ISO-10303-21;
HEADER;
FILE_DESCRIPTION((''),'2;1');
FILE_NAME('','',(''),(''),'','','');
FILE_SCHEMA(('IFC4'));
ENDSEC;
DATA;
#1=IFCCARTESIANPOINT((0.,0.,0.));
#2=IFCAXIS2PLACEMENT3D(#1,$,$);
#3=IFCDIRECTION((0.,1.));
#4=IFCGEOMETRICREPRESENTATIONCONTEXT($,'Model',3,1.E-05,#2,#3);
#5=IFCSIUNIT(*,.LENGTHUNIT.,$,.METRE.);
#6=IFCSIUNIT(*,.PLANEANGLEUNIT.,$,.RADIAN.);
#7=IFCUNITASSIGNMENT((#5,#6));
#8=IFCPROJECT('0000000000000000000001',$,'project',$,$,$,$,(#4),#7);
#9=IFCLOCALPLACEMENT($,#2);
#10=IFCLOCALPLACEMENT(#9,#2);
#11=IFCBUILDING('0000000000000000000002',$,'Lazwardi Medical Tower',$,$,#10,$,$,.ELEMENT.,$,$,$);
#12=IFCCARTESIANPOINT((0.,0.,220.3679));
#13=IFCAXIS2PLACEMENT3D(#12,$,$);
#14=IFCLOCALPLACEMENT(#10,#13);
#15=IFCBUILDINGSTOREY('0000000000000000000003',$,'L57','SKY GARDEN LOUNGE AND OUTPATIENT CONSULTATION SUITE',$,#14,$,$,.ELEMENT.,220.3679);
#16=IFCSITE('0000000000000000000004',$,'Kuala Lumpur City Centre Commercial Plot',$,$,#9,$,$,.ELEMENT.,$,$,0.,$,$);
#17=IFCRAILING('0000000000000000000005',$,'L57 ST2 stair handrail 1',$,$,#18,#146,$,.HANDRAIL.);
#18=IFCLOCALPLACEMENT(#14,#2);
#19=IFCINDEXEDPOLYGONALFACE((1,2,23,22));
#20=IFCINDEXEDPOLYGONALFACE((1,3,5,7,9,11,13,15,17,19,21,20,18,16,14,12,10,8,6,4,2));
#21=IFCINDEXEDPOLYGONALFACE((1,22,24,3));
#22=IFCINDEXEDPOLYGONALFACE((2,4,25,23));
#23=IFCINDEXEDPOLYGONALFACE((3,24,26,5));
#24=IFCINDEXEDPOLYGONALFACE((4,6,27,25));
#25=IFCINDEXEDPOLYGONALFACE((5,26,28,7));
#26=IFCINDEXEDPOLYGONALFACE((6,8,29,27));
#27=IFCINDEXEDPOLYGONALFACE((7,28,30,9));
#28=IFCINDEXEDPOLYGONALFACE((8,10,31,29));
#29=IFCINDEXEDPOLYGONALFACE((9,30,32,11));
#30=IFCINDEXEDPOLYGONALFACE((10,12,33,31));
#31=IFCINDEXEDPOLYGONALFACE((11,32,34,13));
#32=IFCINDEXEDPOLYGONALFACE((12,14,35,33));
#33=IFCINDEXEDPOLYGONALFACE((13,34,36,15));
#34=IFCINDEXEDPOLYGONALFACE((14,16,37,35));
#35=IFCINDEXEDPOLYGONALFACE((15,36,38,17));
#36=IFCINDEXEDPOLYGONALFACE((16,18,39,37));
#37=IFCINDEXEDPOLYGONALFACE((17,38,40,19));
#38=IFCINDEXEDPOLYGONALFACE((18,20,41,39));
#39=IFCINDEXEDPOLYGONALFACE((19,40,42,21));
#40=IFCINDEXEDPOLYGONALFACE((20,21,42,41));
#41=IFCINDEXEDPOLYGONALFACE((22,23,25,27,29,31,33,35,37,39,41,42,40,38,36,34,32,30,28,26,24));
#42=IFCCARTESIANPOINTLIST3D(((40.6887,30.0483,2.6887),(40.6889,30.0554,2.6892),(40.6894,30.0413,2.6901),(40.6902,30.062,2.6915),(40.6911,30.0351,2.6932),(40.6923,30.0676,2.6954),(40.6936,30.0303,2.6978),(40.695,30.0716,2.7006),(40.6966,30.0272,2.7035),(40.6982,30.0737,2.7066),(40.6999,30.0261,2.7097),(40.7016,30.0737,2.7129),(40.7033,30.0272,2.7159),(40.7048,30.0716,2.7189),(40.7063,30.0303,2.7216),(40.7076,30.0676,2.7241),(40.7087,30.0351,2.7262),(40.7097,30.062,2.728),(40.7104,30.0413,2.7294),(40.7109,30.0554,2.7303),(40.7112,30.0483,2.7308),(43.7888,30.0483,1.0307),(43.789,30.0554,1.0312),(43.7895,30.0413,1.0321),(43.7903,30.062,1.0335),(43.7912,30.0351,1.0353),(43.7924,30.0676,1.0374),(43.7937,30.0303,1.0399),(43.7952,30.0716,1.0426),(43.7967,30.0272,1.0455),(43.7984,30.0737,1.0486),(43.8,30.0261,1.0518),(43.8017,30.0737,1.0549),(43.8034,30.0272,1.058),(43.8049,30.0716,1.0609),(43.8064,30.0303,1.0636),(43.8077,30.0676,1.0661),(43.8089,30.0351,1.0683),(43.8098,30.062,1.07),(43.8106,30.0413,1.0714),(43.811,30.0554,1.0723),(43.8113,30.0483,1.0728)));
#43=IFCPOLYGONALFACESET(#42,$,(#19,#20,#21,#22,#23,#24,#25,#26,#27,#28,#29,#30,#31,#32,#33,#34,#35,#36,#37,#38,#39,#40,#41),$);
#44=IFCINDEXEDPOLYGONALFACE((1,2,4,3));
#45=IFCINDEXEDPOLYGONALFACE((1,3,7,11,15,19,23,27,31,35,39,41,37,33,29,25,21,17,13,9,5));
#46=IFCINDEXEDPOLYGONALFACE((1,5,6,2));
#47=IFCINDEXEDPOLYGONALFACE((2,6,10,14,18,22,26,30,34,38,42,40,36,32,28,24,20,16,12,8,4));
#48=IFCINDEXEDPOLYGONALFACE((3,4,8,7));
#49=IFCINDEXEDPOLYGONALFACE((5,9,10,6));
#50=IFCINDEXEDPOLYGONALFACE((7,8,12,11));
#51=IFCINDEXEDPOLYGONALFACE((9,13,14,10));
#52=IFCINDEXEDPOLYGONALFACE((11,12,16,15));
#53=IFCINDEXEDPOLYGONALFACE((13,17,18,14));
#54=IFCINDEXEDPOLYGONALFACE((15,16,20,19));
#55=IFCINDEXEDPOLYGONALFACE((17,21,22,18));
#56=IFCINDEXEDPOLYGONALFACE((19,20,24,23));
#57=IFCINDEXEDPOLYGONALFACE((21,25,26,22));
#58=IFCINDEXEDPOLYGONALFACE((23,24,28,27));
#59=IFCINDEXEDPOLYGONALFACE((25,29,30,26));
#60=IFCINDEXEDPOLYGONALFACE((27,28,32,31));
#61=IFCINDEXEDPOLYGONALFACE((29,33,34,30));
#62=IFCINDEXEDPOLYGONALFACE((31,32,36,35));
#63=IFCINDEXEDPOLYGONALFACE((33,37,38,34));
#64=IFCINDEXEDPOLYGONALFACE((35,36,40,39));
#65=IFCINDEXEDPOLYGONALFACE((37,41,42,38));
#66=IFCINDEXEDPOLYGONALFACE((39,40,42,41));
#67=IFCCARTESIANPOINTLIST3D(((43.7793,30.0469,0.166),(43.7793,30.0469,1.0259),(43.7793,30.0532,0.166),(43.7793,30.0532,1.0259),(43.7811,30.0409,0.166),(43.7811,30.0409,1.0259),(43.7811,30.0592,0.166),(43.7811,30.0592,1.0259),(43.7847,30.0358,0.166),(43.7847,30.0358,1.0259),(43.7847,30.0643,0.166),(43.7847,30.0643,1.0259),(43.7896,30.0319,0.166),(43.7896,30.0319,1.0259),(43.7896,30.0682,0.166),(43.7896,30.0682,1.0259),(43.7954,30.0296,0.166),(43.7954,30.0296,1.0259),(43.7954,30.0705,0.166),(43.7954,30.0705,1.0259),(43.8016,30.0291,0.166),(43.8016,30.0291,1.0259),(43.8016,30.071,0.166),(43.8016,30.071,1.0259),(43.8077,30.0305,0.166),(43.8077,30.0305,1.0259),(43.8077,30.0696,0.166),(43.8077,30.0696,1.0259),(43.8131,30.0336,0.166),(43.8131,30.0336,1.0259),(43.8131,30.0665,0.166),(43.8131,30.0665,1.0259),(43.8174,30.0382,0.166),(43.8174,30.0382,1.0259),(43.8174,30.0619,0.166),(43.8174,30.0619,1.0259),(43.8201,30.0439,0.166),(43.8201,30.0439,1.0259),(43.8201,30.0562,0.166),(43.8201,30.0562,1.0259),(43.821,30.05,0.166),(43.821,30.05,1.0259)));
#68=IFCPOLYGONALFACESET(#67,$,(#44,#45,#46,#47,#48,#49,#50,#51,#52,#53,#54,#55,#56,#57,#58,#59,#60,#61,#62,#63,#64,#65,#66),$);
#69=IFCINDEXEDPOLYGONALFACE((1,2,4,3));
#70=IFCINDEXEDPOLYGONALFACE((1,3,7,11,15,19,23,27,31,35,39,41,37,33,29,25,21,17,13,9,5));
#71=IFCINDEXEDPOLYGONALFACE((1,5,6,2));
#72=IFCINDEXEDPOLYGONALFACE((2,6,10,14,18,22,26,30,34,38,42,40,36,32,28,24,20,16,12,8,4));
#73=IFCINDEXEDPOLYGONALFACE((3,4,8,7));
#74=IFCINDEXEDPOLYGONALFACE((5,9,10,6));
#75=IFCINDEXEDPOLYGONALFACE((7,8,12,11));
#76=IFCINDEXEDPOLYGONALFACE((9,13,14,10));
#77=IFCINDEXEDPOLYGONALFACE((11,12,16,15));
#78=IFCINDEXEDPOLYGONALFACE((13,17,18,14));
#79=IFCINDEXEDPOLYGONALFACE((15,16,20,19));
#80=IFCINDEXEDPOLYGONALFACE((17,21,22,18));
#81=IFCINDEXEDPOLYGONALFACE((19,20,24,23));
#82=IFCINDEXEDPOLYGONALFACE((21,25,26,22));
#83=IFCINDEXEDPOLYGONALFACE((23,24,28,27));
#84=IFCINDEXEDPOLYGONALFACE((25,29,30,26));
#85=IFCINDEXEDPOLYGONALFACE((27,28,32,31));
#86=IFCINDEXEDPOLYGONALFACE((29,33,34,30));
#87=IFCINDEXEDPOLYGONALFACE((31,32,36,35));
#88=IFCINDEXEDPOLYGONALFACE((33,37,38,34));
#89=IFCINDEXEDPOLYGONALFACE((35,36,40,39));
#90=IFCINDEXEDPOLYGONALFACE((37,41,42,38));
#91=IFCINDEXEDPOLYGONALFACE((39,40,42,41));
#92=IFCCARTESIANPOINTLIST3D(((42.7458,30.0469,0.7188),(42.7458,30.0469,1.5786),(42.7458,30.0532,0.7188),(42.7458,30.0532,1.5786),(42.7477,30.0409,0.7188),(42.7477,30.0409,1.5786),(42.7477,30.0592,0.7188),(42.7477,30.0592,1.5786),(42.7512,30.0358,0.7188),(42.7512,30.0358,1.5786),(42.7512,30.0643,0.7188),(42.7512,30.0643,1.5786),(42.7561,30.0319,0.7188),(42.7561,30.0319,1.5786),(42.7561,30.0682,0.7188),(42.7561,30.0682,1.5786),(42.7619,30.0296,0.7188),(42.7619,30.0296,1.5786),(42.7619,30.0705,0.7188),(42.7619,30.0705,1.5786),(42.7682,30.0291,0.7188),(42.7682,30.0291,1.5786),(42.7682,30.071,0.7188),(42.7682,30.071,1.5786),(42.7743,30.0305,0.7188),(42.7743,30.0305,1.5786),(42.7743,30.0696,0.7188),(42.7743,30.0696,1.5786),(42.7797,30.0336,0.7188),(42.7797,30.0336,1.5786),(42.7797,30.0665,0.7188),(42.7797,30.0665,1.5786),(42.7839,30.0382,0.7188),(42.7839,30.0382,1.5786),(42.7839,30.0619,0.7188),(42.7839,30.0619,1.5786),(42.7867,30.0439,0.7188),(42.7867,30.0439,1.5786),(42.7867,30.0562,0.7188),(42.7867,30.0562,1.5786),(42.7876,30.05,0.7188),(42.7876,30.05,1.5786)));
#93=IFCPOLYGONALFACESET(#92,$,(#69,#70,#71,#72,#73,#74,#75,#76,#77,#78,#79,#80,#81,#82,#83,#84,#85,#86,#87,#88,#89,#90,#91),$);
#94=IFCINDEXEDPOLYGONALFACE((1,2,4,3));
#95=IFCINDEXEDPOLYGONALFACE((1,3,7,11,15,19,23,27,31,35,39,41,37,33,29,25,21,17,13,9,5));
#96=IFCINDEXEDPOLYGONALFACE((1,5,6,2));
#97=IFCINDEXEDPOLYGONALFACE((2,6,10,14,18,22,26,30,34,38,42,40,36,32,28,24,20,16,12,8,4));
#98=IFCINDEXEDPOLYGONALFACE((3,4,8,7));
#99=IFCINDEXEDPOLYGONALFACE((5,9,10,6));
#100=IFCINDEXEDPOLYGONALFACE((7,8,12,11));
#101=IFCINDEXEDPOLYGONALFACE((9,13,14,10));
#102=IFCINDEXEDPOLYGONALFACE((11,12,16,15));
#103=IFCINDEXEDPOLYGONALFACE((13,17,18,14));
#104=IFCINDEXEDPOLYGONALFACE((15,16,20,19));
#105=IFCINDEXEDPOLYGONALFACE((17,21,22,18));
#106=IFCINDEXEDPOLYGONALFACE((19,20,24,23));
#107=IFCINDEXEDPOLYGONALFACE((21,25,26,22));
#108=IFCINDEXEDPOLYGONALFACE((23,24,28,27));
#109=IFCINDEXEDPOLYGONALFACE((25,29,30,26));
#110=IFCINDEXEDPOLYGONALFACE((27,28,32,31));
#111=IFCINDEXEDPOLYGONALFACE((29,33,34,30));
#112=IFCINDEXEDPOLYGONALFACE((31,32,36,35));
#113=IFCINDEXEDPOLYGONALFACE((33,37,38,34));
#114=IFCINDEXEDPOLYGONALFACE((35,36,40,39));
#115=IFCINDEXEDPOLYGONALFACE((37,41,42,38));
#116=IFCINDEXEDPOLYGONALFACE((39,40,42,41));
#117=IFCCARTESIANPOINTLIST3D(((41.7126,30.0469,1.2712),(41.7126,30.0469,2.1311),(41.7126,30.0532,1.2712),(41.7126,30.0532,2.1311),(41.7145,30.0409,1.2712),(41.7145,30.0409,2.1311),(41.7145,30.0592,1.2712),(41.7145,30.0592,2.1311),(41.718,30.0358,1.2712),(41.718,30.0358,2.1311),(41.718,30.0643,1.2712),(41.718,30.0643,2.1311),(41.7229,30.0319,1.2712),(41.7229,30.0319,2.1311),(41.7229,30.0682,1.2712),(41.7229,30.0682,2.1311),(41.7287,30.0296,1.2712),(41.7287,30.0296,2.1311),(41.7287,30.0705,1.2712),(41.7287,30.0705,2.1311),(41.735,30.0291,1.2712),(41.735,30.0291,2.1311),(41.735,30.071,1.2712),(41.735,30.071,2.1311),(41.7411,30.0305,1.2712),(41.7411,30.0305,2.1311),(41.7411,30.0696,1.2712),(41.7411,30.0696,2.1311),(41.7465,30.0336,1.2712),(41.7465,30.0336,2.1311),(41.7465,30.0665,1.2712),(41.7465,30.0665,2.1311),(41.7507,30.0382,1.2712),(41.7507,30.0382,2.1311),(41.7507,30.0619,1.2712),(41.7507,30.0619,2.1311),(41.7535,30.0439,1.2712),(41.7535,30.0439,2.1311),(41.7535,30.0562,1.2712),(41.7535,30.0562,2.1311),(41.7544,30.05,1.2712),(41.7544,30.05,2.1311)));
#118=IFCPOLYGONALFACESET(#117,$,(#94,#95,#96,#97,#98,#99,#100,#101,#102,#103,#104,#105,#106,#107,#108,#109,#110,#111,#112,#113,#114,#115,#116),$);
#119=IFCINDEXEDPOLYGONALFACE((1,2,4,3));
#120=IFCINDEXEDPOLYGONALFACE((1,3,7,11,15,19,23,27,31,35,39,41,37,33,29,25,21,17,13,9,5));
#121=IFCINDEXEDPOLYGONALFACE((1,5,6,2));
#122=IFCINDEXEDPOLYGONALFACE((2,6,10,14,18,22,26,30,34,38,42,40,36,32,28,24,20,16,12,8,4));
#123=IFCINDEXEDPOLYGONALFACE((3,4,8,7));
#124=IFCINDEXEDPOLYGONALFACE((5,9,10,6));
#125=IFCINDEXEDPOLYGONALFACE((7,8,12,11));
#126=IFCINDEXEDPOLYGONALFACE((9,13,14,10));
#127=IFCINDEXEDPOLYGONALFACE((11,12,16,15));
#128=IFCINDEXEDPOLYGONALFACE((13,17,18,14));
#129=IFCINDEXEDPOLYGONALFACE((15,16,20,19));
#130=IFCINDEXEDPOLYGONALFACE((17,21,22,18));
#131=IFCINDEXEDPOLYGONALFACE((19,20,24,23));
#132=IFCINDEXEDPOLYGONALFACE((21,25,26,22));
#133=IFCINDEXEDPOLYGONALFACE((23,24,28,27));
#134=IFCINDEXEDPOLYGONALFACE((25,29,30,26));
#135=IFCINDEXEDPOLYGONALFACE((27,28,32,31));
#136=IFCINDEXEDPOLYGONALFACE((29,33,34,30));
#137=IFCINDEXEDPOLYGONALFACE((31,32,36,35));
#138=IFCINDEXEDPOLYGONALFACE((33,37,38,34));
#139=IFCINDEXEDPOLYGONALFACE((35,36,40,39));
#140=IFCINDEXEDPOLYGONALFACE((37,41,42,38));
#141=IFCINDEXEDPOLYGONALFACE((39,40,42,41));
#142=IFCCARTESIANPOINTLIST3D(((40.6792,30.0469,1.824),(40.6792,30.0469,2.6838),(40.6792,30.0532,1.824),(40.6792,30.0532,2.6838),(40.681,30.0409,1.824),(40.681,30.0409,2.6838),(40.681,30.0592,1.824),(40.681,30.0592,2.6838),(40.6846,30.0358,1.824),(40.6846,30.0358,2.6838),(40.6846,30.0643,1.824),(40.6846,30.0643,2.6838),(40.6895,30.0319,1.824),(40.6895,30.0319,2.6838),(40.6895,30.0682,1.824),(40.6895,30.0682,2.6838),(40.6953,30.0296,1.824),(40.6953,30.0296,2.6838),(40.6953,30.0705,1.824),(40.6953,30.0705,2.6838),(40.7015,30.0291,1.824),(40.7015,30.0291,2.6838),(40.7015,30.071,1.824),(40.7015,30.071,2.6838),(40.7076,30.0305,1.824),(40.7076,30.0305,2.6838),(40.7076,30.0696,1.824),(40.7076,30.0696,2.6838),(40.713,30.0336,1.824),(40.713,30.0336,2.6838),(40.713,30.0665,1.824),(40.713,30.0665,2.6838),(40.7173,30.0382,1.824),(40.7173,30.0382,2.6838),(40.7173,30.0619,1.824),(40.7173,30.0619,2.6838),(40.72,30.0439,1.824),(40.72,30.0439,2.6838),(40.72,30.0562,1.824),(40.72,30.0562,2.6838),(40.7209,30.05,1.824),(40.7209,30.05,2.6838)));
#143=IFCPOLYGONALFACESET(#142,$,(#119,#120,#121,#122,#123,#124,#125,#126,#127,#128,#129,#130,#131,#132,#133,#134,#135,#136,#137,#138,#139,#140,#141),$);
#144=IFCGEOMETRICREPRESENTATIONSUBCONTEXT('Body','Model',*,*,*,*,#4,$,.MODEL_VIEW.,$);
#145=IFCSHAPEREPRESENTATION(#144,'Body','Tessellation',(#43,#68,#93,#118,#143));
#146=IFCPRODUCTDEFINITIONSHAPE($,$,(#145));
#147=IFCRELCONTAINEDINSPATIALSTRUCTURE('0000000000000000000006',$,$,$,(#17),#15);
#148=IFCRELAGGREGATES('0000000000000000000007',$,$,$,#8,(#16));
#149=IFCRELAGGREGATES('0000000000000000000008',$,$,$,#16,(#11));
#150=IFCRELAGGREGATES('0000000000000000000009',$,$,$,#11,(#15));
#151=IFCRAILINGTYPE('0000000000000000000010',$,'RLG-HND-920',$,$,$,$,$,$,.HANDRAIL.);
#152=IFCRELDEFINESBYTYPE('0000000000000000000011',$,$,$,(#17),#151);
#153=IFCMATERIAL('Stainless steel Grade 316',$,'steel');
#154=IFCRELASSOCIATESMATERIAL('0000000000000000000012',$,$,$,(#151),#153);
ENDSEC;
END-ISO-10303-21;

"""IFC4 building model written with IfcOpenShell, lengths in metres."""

from ifc_helpers import new_model, si_unit, direction, frame, origin, origin_2d, place, context, subcontext, project, spatial, circle, extrude, material, type_object, element, save


model = new_model("IFC4")

# Units and contexts
model_context = context("Model", 3, precision=1e-05, world=origin(), true_north=direction((0.0, 1.0)))
body_context = subcontext(model_context, "Body", "Model", "MODEL_VIEW")
ifc_project = project(units=[si_unit("LENGTHUNIT", "METRE"), si_unit("PLANEANGLEUNIT", "RADIAN")], contexts=[model_context])

# Site, building, storey
site_placement = place(None, origin())
site = spatial("IfcSite", under=ifc_project, at=site_placement, Name="Kuala Lumpur City Centre Commercial Plot", CompositionType="ELEMENT", RefElevation=0.0)
building_placement = place(site_placement, origin())
building = spatial("IfcBuilding", under=site, at=building_placement, Name="Lazwardi Medical Tower", CompositionType="ELEMENT")
storey_placement = place(building_placement, frame((0.0, 0.0, 220.3679)))
storey = spatial("IfcBuildingStorey", under=building, at=storey_placement, Name="L57", Description="SKY GARDEN LOUNGE AND OUTPATIENT CONSULTATION SUITE", CompositionType="ELEMENT", Elevation=220.3679)

# Railing
ifc_material_1 = material(Name="Stainless steel Grade 316", Category="steel")
railing_type_1 = type_object("IfcRailingType", Name="RLG-HND-920", PredefinedType="HANDRAIL", material=ifc_material_1)
railing_1_placement = place(storey_placement, frame((43.8, 30.05, 0.166)))
element("IfcRailing", 1, at=railing_1_placement, inside=storey, type_object=railing_type_1, Name="L57 ST2 stair handrail 1", PredefinedType="HANDRAIL", context=body_context, shape_type="SweptSolid", body=[
    extrude(circle(Radius=0.0239, at=origin_2d()), frame((0.0, 0.0, 0.8857), z_axis=(-0.881812, 0.0, 0.471601), x_axis=(0.0, -1.0, 0.0)), (0.0, 0.0, 1.0), 3.5156),
    extrude(circle(Radius=0.021, at=origin_2d()), origin(), (0.0, 0.0, 1.0), 0.8599),
    extrude(circle(Radius=0.021, at=origin_2d()), frame((-1.0334, 0.0, 0.5527)), (0.0, 0.0, 1.0), 0.8599),
    extrude(circle(Radius=0.021, at=origin_2d()), frame((-2.0667, 0.0, 1.1052)), (0.0, 0.0, 1.0), 0.8599),
    extrude(circle(Radius=0.021, at=origin_2d()), frame((-3.1001, 0.0, 1.658)), (0.0, 0.0, 1.0), 0.8599),
])

save(model, "model.ifc")
